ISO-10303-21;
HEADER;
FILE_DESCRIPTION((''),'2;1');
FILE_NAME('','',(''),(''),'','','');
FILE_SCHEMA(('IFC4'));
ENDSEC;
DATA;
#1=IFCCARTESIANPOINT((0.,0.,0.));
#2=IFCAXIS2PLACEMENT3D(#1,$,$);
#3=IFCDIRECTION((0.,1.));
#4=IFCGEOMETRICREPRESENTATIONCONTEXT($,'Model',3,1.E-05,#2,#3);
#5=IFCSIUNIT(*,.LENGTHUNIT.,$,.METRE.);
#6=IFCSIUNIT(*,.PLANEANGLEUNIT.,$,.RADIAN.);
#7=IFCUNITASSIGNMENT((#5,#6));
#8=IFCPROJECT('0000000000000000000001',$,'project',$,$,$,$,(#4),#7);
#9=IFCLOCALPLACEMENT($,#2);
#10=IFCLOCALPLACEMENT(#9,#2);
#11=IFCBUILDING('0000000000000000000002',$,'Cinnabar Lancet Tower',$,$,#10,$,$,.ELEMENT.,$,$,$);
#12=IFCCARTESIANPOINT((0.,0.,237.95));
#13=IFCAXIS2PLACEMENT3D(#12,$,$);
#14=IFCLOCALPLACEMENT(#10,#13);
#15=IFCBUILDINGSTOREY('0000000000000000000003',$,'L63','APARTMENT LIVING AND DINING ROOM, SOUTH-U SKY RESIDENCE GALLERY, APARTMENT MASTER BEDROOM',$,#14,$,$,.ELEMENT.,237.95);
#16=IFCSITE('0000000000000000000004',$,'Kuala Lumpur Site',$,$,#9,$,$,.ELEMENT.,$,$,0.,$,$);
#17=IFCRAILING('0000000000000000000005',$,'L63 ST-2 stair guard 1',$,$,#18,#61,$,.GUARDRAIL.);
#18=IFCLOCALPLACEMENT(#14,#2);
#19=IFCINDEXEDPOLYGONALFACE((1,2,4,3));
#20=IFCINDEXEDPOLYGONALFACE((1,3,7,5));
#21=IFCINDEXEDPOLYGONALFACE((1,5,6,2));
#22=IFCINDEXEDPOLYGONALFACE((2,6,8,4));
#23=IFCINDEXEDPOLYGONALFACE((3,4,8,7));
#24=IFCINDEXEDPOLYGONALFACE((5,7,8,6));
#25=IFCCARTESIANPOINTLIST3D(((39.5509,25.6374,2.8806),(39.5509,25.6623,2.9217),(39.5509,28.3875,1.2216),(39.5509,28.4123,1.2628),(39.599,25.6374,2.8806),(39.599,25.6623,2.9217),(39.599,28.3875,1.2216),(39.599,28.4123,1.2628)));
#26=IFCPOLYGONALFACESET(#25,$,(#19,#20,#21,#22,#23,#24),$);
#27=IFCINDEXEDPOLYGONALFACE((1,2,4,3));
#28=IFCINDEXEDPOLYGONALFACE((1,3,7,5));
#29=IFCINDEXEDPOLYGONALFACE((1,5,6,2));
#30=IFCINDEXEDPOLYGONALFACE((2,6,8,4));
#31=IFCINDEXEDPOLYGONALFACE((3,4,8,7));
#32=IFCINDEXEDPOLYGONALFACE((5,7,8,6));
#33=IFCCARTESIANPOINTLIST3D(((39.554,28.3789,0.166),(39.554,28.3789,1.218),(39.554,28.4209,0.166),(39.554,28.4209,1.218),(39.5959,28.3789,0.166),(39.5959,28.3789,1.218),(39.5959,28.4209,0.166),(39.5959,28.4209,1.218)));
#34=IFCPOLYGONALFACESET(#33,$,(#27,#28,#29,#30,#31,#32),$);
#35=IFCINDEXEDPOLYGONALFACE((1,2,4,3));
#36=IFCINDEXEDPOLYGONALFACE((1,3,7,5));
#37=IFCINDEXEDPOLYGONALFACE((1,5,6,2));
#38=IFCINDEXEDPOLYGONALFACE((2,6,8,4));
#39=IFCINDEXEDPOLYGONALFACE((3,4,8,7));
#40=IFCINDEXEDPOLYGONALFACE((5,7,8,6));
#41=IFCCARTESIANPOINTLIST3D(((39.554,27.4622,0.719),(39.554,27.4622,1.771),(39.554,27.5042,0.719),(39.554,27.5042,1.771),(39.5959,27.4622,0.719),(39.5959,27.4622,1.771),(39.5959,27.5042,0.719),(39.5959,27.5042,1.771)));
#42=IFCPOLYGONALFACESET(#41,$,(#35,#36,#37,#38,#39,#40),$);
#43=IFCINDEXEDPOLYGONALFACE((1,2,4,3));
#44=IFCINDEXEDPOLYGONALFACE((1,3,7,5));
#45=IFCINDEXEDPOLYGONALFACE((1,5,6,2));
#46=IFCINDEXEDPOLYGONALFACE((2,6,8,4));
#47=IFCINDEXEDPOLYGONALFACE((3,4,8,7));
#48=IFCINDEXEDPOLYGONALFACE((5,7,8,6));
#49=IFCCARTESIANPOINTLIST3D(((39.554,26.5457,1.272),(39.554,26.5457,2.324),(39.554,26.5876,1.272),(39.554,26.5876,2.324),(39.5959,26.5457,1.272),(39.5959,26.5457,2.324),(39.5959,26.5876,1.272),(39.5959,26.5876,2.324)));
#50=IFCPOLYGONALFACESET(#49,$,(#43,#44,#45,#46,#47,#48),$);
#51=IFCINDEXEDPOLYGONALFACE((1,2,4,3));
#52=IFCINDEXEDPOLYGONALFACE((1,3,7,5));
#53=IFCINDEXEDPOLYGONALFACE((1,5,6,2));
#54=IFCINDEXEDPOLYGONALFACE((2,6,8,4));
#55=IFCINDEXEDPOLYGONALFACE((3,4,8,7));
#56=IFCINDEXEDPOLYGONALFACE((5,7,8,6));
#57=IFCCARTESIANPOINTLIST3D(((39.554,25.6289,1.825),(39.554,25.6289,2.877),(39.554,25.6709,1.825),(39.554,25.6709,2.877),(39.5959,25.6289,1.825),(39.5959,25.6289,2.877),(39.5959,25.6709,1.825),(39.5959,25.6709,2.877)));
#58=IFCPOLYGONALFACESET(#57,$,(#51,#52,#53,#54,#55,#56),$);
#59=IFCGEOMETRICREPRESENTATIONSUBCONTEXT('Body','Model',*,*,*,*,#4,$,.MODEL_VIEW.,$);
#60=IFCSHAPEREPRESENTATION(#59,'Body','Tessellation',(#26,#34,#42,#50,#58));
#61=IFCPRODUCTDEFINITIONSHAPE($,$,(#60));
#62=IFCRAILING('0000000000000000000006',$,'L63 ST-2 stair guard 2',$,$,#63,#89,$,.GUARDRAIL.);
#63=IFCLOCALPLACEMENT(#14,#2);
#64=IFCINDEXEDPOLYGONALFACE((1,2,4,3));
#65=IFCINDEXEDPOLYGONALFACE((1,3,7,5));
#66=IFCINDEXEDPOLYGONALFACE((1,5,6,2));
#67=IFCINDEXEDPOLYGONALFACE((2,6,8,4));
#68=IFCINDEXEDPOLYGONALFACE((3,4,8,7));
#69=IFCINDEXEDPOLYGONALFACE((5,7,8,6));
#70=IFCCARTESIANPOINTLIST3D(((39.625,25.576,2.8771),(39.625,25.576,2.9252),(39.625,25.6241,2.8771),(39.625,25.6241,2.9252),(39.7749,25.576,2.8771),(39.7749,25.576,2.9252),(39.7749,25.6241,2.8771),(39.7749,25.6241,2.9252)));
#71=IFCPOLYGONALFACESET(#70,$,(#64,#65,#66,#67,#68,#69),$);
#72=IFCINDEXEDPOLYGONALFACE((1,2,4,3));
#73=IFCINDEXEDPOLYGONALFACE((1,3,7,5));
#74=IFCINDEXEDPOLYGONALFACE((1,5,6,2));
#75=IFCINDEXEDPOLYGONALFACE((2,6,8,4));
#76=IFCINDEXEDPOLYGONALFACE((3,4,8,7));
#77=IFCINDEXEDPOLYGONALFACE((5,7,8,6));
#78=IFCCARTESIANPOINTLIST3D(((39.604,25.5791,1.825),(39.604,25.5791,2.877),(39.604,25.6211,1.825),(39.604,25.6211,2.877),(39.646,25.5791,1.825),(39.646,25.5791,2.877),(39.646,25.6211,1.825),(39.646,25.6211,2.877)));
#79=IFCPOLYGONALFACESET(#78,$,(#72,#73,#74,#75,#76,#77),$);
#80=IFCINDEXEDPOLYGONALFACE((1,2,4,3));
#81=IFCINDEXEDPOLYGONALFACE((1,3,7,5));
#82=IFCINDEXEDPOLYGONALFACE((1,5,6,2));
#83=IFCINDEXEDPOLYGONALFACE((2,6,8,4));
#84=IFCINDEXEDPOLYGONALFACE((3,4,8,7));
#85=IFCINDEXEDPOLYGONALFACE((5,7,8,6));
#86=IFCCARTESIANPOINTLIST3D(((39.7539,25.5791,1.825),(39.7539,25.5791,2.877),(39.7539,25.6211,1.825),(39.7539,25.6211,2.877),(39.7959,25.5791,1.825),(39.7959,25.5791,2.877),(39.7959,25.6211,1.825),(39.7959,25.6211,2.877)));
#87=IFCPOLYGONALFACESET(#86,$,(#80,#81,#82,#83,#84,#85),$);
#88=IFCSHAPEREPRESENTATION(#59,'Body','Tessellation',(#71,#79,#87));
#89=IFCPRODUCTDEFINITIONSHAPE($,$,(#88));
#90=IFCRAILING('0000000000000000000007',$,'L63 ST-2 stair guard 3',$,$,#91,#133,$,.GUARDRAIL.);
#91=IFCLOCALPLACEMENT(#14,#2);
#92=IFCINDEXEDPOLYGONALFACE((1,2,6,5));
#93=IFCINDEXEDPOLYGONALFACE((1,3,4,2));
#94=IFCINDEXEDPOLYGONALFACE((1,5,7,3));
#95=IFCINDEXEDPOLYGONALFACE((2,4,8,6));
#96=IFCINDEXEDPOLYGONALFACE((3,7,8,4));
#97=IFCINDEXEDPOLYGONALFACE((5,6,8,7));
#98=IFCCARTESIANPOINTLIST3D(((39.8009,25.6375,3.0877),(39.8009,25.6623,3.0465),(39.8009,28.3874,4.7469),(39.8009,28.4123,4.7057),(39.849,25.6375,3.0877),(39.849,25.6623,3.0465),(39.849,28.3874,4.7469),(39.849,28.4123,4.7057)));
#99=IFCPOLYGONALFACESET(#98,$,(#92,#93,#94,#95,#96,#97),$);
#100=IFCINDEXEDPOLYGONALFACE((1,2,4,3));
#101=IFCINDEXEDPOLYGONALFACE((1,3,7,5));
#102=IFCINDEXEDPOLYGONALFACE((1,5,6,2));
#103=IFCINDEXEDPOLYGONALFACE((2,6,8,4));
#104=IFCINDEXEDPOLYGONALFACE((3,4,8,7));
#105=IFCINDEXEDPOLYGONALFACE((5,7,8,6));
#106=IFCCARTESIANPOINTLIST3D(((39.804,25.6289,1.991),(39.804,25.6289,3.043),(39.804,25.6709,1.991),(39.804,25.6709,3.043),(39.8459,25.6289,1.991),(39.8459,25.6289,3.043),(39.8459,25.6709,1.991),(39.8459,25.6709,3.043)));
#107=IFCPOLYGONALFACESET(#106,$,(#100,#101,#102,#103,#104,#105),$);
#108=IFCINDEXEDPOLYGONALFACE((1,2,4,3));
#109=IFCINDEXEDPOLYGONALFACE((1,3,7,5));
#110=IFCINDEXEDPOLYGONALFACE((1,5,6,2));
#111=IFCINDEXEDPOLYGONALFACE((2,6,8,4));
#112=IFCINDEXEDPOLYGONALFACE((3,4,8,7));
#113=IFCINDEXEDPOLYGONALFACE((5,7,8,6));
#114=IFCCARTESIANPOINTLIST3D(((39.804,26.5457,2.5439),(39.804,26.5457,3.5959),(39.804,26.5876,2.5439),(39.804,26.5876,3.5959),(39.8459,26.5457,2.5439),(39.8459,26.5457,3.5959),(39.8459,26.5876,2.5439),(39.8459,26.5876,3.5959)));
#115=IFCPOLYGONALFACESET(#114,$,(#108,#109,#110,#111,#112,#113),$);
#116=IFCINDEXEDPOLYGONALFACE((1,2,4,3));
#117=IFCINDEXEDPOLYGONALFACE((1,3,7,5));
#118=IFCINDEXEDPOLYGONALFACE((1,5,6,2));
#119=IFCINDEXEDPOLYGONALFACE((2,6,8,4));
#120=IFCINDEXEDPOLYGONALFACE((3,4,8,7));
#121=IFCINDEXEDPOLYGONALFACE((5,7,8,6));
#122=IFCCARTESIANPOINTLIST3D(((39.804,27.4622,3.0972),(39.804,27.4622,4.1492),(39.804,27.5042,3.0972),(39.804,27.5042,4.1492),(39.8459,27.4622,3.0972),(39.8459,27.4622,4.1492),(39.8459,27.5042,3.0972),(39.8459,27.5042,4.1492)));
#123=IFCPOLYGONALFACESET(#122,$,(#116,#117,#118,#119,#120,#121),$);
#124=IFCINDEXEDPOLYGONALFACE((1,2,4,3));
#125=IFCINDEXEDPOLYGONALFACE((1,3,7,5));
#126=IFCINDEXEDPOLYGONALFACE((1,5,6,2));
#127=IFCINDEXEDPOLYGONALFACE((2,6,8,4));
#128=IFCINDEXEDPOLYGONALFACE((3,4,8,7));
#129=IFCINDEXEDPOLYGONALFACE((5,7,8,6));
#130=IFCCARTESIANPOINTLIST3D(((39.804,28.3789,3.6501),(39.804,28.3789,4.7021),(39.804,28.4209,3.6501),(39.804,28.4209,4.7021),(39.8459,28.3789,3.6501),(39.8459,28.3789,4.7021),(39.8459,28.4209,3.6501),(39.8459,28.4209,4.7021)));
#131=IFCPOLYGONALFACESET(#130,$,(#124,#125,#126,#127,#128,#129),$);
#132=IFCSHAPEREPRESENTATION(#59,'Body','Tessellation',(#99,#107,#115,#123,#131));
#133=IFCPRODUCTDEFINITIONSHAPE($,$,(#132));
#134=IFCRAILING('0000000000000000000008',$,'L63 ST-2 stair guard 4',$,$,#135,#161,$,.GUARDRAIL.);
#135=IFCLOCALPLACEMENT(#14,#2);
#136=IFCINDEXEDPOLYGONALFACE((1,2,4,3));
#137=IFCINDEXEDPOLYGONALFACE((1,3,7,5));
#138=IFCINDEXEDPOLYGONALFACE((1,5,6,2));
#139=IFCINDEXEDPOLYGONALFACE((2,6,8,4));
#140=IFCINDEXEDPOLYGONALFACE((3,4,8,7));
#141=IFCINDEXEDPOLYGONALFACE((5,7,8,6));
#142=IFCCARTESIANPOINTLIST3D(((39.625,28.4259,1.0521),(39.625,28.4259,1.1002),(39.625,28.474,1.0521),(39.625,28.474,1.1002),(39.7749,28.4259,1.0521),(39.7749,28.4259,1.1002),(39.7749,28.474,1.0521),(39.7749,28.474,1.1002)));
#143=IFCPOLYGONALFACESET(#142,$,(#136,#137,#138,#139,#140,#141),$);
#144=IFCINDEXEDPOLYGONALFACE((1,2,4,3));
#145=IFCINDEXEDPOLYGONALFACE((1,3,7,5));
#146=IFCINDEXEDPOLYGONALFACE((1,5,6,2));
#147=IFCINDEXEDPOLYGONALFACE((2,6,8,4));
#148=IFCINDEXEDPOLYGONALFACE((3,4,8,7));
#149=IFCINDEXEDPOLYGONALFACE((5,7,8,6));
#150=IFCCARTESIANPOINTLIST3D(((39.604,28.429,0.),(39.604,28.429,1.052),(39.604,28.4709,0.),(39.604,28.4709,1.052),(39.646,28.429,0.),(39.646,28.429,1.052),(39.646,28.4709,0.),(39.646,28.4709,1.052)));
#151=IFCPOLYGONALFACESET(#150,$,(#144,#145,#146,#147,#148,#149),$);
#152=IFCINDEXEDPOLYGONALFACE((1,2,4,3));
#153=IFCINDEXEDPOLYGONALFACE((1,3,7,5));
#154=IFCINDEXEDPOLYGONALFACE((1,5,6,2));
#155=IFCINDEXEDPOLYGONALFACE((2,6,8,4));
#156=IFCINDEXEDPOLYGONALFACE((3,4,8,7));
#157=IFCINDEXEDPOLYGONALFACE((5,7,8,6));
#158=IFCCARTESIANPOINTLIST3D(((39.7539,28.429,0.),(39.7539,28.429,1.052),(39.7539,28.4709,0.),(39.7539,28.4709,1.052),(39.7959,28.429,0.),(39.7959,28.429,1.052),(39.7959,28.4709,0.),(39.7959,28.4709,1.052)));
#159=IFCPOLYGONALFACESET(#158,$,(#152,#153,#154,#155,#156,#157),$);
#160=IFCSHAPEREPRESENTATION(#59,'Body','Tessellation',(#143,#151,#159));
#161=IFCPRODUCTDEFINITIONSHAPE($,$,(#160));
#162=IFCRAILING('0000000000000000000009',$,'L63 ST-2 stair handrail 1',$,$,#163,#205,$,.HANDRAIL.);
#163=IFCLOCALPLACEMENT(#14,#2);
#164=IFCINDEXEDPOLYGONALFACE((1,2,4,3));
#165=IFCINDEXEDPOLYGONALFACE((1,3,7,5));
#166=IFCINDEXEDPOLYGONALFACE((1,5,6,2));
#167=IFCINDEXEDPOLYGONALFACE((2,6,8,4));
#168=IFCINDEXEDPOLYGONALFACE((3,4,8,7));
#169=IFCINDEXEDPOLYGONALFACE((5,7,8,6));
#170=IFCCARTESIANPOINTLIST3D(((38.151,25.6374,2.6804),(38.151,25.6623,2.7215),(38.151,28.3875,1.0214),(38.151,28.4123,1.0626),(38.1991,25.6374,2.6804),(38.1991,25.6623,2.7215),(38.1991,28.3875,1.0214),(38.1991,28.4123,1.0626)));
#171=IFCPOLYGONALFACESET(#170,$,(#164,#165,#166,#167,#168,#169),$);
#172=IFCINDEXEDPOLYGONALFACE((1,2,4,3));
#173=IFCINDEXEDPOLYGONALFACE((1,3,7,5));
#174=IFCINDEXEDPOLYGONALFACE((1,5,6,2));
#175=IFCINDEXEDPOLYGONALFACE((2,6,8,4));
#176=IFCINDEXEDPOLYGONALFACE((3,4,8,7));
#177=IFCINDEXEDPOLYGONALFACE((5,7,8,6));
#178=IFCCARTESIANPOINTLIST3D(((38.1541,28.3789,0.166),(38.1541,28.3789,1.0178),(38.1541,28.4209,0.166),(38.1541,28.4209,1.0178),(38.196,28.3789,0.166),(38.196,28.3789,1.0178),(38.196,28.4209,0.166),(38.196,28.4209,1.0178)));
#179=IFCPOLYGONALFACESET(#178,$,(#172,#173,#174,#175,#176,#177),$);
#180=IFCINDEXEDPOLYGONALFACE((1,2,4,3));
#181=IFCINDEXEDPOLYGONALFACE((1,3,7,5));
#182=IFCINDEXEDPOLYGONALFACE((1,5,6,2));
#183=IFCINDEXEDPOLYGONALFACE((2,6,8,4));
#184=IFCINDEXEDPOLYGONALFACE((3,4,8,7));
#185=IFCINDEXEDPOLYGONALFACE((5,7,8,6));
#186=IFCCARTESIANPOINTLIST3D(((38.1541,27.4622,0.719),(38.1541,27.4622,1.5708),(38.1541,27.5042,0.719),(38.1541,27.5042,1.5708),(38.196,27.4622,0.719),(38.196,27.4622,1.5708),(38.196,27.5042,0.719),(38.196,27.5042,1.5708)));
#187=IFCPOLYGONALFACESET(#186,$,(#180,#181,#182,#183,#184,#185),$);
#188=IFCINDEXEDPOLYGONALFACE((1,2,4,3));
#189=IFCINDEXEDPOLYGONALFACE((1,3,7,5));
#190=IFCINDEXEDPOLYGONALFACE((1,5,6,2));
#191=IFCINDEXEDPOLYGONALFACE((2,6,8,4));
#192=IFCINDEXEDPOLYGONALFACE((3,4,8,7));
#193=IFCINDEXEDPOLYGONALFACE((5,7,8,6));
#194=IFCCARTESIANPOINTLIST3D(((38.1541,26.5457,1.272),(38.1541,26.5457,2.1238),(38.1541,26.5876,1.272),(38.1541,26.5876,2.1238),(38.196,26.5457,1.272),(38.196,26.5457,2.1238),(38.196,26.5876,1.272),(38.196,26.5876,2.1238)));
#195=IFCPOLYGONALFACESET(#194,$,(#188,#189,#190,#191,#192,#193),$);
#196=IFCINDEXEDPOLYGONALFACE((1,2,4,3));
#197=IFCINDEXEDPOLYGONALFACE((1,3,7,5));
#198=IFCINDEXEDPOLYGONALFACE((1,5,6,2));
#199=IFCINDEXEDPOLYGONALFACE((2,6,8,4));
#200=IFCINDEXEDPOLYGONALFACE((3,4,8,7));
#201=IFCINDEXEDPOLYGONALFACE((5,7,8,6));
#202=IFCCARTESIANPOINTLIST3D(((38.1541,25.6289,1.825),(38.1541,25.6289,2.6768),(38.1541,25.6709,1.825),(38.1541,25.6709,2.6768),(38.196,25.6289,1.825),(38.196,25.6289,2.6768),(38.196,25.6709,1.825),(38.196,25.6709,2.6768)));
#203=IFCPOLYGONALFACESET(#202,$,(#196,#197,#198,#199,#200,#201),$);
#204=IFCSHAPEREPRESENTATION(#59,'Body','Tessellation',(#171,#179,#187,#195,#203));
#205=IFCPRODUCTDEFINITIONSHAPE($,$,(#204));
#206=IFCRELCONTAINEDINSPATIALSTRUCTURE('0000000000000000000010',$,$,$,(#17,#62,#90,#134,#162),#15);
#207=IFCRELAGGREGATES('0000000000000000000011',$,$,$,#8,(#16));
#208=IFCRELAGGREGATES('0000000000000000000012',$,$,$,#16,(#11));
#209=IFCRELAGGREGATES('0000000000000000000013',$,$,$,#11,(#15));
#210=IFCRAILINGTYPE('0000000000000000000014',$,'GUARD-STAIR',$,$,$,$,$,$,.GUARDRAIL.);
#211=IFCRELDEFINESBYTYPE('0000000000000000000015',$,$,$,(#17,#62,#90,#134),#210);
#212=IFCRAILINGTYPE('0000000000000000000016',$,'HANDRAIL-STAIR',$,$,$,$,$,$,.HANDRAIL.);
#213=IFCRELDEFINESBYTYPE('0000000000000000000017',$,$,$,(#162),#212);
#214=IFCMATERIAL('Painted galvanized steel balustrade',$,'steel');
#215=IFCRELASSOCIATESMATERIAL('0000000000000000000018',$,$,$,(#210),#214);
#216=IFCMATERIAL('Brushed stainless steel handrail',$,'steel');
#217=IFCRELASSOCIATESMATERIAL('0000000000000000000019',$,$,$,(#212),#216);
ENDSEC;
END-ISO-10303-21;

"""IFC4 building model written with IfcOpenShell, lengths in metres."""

from ifc_helpers import new_model, si_unit, direction, frame, origin, origin_2d, place, context, subcontext, project, spatial, rectangle, extrude, material, type_object, element, save


model = new_model("IFC4")

# Units and contexts
model_context = context("Model", 3, precision=1e-05, world=origin(), true_north=direction((0.0, 1.0)))
body_context = subcontext(model_context, "Body", "Model", "MODEL_VIEW")
ifc_project = project(units=[si_unit("LENGTHUNIT", "METRE"), si_unit("PLANEANGLEUNIT", "RADIAN")], contexts=[model_context])

# Site, building, storey
site_placement = place(None, origin())
site = spatial("IfcSite", under=ifc_project, at=site_placement, Name="Kuala Lumpur Site", CompositionType="ELEMENT", RefElevation=0.0)
building_placement = place(site_placement, origin())
building = spatial("IfcBuilding", under=site, at=building_placement, Name="Cinnabar Lancet Tower", CompositionType="ELEMENT")
storey_placement = place(building_placement, frame((0.0, 0.0, 237.95)))
storey = spatial("IfcBuildingStorey", under=building, at=storey_placement, Name="L63", Description="APARTMENT LIVING AND DINING ROOM, SOUTH-U SKY RESIDENCE GALLERY, APARTMENT MASTER BEDROOM", CompositionType="ELEMENT", Elevation=237.95)

# Railings
ifc_material_1 = material(Name="Painted galvanized steel balustrade", Category="steel")
railing_type_1 = type_object("IfcRailingType", Name="GUARD-STAIR", PredefinedType="GUARDRAIL", material=ifc_material_1)
railing_1_placement = place(storey_placement, frame((39.575, 28.3999, 0.166)))
element("IfcRailing", 1, at=railing_1_placement, inside=storey, type_object=railing_type_1, Name="L63 ST-2 stair guard 1", PredefinedType="GUARDRAIL", context=body_context, shape_type="SweptSolid", body=[
    extrude(rectangle(XDim=0.0481, YDim=0.0481, at=origin_2d()), frame((0.0, 0.0, 1.0762), z_axis=(0.0, -0.856263, 0.51654), x_axis=(1.0, 0.0, 0.0)), (0.0, 0.0, 1.0), 3.2117),
    extrude(rectangle(XDim=0.042, YDim=0.042, at=origin_2d()), origin(), (0.0, 0.0, 1.0), 1.052),
    extrude(rectangle(XDim=0.042, YDim=0.042, at=origin_2d()), frame((0.0, -0.9167, 0.553)), (0.0, 0.0, 1.0), 1.052),
    extrude(rectangle(XDim=0.042, YDim=0.042, at=origin_2d()), frame((0.0, -1.8333, 1.106)), (0.0, 0.0, 1.0), 1.052),
    extrude(rectangle(XDim=0.042, YDim=0.042, at=origin_2d()), frame((0.0, -2.75, 1.6589)), (0.0, 0.0, 1.0), 1.052),
])
railing_2_placement = place(storey_placement, frame((39.625, 25.6001, 1.825)))
element("IfcRailing", 2, at=railing_2_placement, inside=storey, type_object=railing_type_1, Name="L63 ST-2 stair guard 2", PredefinedType="GUARDRAIL", context=body_context, shape_type="SweptSolid", body=[
    extrude(rectangle(XDim=0.0481, YDim=0.0481, at=origin_2d()), frame((0.0, 0.0, 1.0762), z_axis=(1.0, 0.0, 0.0), x_axis=(0.0, 1.0, 0.0)), (0.0, 0.0, 1.0), 0.1499),
    extrude(rectangle(XDim=0.042, YDim=0.042, at=origin_2d()), origin(), (0.0, 0.0, 1.0), 1.052),
    extrude(rectangle(XDim=0.042, YDim=0.042, at=origin_2d()), frame((0.1499, 0.0, 0.0)), (0.0, 0.0, 1.0), 1.052),
])
railing_3_placement = place(storey_placement, frame((39.825, 25.6499, 1.991)))
element("IfcRailing", 3, at=railing_3_placement, inside=storey, type_object=railing_type_1, Name="L63 ST-2 stair guard 3", PredefinedType="GUARDRAIL", context=body_context, shape_type="SweptSolid", body=[
    extrude(rectangle(XDim=0.0481, YDim=0.0481, at=origin_2d()), frame((0.0, 0.0, 1.0762), z_axis=(0.0, 0.856229, 0.516596), x_axis=(-1.0, 0.0, 0.0)), (0.0, 0.0, 1.0), 3.2117),
    extrude(rectangle(XDim=0.042, YDim=0.042, at=origin_2d()), origin(), (0.0, 0.0, 1.0), 1.052),
    extrude(rectangle(XDim=0.042, YDim=0.042, at=origin_2d()), frame((0.0, 0.9167, 0.553)), (0.0, 0.0, 1.0), 1.052),
    extrude(rectangle(XDim=0.042, YDim=0.042, at=origin_2d()), frame((0.0, 1.8333, 1.1062)), (0.0, 0.0, 1.0), 1.052),
    extrude(rectangle(XDim=0.042, YDim=0.042, at=origin_2d()), frame((0.0, 2.75, 1.6592)), (0.0, 0.0, 1.0), 1.052),
])
railing_4_placement = place(storey_placement, frame((39.625, 28.45, 0.0)))
element("IfcRailing", 4, at=railing_4_placement, inside=storey, type_object=railing_type_1, Name="L63 ST-2 stair guard 4", PredefinedType="GUARDRAIL", context=body_context, shape_type="SweptSolid", body=[
    extrude(rectangle(XDim=0.0481, YDim=0.0481, at=origin_2d()), frame((0.0, 0.0, 1.0762), z_axis=(1.0, 0.0, 0.0), x_axis=(0.0, 1.0, 0.0)), (0.0, 0.0, 1.0), 0.1499),
    extrude(rectangle(XDim=0.042, YDim=0.042, at=origin_2d()), origin(), (0.0, 0.0, 1.0), 1.052),
    extrude(rectangle(XDim=0.042, YDim=0.042, at=origin_2d()), frame((0.1499, 0.0, 0.0)), (0.0, 0.0, 1.0), 1.052),
])
ifc_material_2 = material(Name="Brushed stainless steel handrail", Category="steel")
railing_type_2 = type_object("IfcRailingType", Name="HANDRAIL-STAIR", PredefinedType="HANDRAIL", material=ifc_material_2)
railing_5_placement = place(storey_placement, frame((38.175, 28.3999, 0.166)))
element("IfcRailing", 5, at=railing_5_placement, inside=storey, type_object=railing_type_2, Name="L63 ST-2 stair handrail 1", PredefinedType="HANDRAIL", context=body_context, shape_type="SweptSolid", body=[
    extrude(rectangle(XDim=0.0481, YDim=0.0481, at=origin_2d()), frame((0.0, 0.0, 0.876), z_axis=(0.0, -0.856263, 0.51654), x_axis=(1.0, 0.0, 0.0)), (0.0, 0.0, 1.0), 3.2117),
    extrude(rectangle(XDim=0.042, YDim=0.042, at=origin_2d()), origin(), (0.0, 0.0, 1.0), 0.8518),
    extrude(rectangle(XDim=0.042, YDim=0.042, at=origin_2d()), frame((0.0, -0.9167, 0.553)), (0.0, 0.0, 1.0), 0.8518),
    extrude(rectangle(XDim=0.042, YDim=0.042, at=origin_2d()), frame((0.0, -1.8333, 1.106)), (0.0, 0.0, 1.0), 0.8518),
    extrude(rectangle(XDim=0.042, YDim=0.042, at=origin_2d()), frame((0.0, -2.75, 1.6589)), (0.0, 0.0, 1.0), 0.8518),
])

save(model, "model.ifc")
